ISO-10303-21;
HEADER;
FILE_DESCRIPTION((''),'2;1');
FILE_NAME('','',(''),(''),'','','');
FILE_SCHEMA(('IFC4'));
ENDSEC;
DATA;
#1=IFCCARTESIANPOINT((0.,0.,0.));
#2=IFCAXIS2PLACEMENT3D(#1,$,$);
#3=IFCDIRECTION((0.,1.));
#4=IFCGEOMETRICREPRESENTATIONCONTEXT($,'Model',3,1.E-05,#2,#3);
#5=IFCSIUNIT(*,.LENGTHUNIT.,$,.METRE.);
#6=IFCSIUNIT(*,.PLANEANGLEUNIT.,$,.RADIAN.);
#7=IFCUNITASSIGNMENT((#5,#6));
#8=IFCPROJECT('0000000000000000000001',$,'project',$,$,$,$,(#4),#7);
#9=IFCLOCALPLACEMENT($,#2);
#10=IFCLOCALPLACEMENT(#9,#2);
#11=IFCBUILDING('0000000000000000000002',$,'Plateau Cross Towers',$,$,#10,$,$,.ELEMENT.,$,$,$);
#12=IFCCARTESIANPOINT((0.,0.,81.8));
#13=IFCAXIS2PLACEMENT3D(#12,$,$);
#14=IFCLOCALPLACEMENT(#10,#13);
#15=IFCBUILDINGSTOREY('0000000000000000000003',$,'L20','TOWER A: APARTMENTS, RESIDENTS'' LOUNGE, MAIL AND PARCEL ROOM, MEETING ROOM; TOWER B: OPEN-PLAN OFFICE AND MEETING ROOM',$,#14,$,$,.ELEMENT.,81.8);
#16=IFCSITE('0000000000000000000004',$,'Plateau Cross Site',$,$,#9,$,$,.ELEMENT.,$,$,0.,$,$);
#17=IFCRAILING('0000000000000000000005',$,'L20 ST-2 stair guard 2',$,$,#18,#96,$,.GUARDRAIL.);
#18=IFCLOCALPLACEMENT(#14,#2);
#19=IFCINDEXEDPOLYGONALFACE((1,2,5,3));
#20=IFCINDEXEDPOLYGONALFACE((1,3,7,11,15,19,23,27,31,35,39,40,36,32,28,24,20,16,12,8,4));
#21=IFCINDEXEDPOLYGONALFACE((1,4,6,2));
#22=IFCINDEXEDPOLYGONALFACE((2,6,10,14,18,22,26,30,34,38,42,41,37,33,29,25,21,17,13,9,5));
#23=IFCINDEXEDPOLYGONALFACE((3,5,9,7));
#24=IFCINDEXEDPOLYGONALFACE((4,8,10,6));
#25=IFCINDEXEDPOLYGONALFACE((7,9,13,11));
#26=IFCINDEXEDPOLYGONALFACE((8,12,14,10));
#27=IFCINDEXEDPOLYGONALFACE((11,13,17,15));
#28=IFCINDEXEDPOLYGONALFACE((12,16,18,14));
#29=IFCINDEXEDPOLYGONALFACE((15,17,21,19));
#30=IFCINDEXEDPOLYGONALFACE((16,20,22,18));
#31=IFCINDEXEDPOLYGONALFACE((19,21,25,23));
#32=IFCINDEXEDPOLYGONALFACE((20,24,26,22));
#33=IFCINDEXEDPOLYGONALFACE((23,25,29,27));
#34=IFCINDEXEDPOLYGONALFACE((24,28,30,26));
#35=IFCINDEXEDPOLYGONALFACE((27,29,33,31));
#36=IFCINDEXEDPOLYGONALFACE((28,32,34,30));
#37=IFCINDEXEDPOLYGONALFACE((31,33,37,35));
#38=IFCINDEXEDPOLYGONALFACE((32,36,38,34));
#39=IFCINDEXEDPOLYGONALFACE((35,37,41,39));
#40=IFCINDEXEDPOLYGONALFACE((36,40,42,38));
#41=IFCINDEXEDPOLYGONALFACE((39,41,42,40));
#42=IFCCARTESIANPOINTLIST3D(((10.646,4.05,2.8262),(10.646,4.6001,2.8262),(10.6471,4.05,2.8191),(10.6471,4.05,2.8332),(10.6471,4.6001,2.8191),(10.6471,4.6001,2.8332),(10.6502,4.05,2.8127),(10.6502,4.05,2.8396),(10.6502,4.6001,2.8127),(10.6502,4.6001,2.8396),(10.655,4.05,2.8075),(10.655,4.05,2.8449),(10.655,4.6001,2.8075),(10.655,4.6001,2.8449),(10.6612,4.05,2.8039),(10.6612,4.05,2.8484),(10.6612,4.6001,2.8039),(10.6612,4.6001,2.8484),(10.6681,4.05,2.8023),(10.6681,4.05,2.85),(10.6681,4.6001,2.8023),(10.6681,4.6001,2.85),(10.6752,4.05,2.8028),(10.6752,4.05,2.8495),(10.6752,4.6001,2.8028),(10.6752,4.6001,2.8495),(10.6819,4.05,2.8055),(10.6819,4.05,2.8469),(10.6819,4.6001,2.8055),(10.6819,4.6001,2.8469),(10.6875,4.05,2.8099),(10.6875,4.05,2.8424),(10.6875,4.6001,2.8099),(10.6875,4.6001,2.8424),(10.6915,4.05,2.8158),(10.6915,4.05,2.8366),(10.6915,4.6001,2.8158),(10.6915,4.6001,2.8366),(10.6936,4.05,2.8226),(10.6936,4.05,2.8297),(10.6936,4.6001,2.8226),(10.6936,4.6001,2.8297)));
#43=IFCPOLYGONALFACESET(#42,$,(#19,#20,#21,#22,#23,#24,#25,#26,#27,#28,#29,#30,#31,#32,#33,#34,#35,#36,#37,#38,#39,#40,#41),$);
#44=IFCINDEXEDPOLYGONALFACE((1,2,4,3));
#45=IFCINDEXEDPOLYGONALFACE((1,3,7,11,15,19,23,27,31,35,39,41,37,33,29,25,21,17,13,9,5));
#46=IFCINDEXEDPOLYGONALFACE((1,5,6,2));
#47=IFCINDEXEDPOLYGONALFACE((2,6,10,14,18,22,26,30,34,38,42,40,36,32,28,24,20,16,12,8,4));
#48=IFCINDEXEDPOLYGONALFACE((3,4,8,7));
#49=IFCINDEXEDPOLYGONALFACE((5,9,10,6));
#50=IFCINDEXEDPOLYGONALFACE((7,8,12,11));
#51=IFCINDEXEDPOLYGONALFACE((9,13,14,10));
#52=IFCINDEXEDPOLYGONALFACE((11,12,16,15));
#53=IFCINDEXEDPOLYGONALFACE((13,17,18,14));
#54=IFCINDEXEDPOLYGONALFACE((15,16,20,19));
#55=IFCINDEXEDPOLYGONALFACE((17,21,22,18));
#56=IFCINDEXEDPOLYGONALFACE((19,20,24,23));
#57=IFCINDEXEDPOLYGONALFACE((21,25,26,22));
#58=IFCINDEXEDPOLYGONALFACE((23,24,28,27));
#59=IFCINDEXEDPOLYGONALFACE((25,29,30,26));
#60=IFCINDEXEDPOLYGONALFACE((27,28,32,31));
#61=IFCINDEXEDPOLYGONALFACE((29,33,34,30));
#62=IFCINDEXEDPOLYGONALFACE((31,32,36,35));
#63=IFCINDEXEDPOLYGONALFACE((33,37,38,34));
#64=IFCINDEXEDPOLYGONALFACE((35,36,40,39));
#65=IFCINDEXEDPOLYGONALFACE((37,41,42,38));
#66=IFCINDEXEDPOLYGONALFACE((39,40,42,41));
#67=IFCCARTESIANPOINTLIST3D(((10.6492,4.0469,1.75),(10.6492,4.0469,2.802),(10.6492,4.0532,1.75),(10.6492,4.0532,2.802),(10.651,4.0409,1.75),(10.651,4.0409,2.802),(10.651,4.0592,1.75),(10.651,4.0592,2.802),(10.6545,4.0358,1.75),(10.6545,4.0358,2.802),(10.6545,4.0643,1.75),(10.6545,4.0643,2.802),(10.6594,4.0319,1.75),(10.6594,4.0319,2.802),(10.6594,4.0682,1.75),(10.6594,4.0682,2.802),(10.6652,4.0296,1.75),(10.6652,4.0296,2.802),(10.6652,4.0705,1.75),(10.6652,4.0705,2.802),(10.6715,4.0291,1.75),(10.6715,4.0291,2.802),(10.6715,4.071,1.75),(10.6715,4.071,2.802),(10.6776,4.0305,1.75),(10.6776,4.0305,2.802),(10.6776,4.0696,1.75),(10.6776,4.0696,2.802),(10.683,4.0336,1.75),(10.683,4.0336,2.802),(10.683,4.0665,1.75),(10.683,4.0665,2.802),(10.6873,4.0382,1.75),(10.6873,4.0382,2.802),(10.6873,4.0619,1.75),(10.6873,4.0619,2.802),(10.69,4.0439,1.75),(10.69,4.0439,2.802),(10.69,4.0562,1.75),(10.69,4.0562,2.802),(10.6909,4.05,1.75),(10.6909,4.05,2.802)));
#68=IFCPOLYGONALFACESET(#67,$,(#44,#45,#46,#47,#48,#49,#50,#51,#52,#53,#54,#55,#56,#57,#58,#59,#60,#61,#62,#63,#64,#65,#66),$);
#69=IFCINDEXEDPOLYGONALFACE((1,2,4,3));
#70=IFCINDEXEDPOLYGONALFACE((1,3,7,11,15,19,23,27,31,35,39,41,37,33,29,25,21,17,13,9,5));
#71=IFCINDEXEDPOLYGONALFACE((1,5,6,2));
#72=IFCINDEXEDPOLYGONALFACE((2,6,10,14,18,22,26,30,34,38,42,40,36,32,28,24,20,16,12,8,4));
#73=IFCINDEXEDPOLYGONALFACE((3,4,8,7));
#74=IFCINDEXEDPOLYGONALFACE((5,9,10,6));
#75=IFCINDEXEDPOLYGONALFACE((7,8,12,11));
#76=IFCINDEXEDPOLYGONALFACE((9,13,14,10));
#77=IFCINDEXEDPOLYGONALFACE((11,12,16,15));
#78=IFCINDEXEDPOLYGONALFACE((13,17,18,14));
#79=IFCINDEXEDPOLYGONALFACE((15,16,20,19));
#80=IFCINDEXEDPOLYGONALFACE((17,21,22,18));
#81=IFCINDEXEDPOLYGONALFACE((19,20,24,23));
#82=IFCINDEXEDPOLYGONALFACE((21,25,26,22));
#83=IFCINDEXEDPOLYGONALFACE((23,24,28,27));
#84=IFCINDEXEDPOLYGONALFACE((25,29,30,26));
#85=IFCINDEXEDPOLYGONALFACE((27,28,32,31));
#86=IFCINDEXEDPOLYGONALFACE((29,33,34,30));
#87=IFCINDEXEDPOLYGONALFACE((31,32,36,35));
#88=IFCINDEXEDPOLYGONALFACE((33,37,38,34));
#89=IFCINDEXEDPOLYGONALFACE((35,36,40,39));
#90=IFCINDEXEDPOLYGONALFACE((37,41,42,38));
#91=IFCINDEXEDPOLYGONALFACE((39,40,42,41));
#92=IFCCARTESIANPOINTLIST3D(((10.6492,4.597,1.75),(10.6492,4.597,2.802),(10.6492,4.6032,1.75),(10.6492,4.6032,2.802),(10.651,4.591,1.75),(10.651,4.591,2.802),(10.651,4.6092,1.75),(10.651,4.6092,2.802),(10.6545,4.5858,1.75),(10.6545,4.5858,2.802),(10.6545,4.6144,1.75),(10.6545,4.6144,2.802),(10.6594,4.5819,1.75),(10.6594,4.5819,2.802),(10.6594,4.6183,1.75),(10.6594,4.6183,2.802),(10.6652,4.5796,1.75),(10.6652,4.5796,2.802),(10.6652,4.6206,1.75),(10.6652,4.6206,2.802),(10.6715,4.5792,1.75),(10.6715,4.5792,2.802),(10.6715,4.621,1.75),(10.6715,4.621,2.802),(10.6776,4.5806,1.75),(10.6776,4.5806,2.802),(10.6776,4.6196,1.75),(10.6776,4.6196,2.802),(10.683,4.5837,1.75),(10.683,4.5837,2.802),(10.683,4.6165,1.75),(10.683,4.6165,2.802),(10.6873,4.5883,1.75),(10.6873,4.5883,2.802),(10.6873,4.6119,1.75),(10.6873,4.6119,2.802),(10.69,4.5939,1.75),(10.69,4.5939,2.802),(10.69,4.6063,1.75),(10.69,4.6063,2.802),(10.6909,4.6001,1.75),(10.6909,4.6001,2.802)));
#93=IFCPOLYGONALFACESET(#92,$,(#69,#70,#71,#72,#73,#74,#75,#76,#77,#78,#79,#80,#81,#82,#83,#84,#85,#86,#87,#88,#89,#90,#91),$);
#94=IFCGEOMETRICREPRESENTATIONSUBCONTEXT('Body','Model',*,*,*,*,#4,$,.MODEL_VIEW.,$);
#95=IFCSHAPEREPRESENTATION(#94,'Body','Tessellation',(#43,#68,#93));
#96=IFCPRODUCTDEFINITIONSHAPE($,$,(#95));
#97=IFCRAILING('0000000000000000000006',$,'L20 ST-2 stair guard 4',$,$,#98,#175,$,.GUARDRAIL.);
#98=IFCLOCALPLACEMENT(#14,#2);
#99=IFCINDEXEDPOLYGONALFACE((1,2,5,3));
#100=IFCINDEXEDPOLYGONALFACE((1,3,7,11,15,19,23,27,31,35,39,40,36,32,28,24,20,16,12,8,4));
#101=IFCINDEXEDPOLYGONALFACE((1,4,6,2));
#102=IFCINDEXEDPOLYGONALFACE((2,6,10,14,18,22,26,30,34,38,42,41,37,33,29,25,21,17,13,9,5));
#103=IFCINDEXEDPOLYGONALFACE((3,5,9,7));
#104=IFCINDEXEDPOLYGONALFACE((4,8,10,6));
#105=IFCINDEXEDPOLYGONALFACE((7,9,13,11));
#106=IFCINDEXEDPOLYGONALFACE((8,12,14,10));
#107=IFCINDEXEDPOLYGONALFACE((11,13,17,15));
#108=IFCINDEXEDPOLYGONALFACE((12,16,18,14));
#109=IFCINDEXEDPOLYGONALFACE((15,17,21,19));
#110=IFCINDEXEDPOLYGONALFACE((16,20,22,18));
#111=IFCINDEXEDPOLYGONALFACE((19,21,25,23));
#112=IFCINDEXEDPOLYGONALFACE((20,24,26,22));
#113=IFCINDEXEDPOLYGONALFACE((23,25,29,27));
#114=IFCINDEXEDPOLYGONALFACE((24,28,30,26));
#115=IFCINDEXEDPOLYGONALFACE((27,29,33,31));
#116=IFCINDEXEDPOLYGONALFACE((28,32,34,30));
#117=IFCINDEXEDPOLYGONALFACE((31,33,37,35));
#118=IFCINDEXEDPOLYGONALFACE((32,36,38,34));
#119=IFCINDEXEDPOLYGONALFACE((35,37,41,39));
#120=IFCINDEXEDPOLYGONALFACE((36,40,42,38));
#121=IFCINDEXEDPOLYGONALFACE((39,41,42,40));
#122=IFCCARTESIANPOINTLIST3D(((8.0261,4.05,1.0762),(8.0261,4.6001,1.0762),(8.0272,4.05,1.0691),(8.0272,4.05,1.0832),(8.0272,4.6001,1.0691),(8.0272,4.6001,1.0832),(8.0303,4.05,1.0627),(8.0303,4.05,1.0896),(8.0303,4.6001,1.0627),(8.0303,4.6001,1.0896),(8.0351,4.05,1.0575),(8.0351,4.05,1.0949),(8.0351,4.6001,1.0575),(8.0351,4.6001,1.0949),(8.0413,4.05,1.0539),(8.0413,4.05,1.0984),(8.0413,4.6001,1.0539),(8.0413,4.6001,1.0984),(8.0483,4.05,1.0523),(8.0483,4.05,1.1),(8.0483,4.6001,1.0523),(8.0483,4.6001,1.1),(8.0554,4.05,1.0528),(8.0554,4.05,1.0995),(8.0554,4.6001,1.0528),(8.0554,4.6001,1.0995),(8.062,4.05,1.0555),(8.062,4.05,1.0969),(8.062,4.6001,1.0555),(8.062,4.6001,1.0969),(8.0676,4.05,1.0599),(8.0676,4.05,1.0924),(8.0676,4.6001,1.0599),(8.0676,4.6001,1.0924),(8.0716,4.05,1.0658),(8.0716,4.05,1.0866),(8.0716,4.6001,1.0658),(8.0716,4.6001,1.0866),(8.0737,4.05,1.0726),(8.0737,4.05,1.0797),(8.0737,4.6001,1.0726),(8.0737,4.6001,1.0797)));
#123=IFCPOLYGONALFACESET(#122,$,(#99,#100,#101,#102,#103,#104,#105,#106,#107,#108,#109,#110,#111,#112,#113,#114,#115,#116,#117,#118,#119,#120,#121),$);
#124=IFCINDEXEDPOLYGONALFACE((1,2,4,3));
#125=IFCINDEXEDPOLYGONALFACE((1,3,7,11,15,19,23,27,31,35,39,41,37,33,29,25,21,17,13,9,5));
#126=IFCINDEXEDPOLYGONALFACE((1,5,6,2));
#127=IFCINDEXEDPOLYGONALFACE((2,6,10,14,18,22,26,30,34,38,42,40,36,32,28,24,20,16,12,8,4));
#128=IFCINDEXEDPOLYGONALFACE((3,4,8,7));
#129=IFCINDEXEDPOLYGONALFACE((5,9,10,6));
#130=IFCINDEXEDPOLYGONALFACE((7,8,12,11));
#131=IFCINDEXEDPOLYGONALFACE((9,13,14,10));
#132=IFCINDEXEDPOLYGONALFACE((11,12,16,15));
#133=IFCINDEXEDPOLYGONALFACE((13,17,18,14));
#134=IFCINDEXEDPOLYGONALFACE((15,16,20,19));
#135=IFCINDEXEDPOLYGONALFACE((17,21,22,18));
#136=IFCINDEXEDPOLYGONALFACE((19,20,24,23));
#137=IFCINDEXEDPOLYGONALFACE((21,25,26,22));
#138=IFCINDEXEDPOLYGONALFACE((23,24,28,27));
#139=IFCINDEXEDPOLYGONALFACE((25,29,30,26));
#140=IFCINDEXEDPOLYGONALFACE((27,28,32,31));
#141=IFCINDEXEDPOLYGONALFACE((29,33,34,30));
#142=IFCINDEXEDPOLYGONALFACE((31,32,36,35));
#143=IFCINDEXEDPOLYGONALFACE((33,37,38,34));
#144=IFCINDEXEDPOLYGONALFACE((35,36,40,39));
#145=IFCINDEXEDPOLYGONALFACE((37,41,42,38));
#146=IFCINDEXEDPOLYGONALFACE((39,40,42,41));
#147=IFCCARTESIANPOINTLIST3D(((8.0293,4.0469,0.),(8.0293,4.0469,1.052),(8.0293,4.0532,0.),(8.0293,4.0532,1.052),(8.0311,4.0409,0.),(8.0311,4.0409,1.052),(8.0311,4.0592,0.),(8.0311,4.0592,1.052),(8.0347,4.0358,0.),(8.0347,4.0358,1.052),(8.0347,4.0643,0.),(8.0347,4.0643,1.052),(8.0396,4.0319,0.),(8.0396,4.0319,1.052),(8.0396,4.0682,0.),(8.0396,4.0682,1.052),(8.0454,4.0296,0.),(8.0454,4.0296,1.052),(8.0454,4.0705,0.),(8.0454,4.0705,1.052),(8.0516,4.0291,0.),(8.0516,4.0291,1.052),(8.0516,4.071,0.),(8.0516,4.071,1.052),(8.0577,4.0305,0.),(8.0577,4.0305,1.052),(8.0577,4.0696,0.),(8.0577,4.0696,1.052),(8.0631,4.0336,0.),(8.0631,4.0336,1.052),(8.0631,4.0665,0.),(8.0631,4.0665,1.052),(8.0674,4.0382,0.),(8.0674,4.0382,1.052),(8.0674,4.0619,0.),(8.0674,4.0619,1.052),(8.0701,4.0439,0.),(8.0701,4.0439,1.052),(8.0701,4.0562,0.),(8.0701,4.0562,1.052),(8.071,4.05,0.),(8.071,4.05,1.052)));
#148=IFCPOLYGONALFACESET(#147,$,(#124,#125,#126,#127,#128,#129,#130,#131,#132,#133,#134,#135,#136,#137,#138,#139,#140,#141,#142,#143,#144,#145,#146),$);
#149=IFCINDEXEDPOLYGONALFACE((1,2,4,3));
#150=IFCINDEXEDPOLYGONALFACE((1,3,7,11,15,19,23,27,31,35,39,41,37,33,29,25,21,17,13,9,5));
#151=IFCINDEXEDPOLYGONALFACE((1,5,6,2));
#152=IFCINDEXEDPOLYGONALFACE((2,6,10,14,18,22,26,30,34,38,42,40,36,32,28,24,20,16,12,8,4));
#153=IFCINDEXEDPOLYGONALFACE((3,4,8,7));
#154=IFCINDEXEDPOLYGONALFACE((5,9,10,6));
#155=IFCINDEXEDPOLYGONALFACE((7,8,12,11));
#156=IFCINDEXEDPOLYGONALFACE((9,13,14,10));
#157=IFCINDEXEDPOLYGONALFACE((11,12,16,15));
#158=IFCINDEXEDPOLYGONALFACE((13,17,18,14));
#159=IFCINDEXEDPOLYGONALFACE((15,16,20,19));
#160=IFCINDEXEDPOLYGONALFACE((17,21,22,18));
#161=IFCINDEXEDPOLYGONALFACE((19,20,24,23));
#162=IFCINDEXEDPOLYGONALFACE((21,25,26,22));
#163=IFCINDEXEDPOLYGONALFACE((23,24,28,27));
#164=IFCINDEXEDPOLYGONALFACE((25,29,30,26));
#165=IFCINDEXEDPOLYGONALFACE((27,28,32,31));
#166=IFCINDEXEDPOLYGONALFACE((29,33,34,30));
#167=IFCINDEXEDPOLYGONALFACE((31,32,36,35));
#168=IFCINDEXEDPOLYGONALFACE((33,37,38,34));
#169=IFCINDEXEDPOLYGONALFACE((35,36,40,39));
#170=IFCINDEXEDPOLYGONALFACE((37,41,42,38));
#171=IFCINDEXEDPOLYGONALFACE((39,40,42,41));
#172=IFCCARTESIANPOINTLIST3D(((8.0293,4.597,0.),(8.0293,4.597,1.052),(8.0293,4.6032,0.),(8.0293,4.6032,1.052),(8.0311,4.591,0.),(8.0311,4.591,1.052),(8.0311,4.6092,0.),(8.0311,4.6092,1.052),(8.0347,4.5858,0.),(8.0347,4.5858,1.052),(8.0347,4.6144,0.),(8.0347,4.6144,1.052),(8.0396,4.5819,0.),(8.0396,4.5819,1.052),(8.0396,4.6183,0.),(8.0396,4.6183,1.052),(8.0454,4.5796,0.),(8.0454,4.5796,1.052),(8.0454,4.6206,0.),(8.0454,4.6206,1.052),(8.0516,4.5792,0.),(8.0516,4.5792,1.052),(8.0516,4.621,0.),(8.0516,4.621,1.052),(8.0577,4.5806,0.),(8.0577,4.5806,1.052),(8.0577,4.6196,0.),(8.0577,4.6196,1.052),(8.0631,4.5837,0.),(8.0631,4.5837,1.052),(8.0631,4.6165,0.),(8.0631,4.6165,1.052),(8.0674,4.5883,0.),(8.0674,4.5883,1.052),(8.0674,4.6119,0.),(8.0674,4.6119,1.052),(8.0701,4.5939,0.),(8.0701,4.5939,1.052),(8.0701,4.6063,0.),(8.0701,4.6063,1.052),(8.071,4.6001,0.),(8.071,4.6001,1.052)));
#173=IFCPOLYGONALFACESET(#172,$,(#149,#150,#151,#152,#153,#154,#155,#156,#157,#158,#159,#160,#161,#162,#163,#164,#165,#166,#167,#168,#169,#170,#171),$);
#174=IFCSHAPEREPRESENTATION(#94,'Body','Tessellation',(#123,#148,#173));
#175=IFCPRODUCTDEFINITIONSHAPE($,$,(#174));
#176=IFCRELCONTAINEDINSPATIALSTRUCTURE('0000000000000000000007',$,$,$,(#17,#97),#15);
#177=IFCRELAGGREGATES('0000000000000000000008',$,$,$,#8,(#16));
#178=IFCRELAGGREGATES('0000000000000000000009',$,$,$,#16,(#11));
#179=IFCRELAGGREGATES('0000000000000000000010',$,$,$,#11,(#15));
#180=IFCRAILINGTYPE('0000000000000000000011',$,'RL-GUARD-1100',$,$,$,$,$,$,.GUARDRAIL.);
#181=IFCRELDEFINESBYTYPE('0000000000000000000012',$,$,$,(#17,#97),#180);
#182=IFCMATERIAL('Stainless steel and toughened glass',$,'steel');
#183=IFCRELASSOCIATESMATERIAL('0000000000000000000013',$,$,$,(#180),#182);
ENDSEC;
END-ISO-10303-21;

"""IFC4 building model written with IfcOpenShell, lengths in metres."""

from ifc_helpers import new_model, si_unit, direction, frame, origin, origin_2d, place, context, subcontext, project, spatial, circle, extrude, material, type_object, element, save


model = new_model("IFC4")

# Units and contexts
model_context = context("Model", 3, precision=1e-05, world=origin(), true_north=direction((0.0, 1.0)))
body_context = subcontext(model_context, "Body", "Model", "MODEL_VIEW")
ifc_project = project(units=[si_unit("LENGTHUNIT", "METRE"), si_unit("PLANEANGLEUNIT", "RADIAN")], contexts=[model_context])

# Site, building, storey
site_placement = place(None, origin())
site = spatial("IfcSite", under=ifc_project, at=site_placement, Name="Plateau Cross Site", CompositionType="ELEMENT", RefElevation=0.0)
building_placement = place(site_placement, origin())
building = spatial("IfcBuilding", under=site, at=building_placement, Name="Plateau Cross Towers", CompositionType="ELEMENT")
storey_placement = place(building_placement, frame((0.0, 0.0, 81.8)))
storey = spatial("IfcBuildingStorey", under=building, at=storey_placement, Name="L20", Description="TOWER A: APARTMENTS, RESIDENTS' LOUNGE, MAIL AND PARCEL ROOM, MEETING ROOM; TOWER B: OPEN-PLAN OFFICE AND MEETING ROOM", CompositionType="ELEMENT", Elevation=81.8)

# Railings
ifc_material_1 = material(Name="Stainless steel and toughened glass", Category="steel")
railing_type_1 = type_object("IfcRailingType", Name="RL-GUARD-1100", PredefinedType="GUARDRAIL", material=ifc_material_1)
for number, where, name in (
    (1, (10.6699, 4.05, 1.75), "L20 ST-2 stair guard 2"),
    (2, (8.05, 4.05, 0.0), "L20 ST-2 stair guard 4"),
):
    element("IfcRailing", number, at=place(storey_placement, frame(where)), inside=storey, type_object=railing_type_1, Name=name, PredefinedType="GUARDRAIL", context=body_context, shape_type="SweptSolid", body=[
        extrude(circle(Radius=0.0239, at=origin_2d()), frame((0.0, 0.0, 1.0762), z_axis=(0.0, 1.0, 0.0), x_axis=(-1.0, 0.0, 0.0)), (0.0, 0.0, 1.0), 0.55),
        extrude(circle(Radius=0.021, at=origin_2d()), origin(), (0.0, 0.0, 1.0), 1.052),
        extrude(circle(Radius=0.021, at=origin_2d()), frame((0.0, 0.55, 0.0)), (0.0, 0.0, 1.0), 1.052),
    ])

save(model, "model.ifc")
